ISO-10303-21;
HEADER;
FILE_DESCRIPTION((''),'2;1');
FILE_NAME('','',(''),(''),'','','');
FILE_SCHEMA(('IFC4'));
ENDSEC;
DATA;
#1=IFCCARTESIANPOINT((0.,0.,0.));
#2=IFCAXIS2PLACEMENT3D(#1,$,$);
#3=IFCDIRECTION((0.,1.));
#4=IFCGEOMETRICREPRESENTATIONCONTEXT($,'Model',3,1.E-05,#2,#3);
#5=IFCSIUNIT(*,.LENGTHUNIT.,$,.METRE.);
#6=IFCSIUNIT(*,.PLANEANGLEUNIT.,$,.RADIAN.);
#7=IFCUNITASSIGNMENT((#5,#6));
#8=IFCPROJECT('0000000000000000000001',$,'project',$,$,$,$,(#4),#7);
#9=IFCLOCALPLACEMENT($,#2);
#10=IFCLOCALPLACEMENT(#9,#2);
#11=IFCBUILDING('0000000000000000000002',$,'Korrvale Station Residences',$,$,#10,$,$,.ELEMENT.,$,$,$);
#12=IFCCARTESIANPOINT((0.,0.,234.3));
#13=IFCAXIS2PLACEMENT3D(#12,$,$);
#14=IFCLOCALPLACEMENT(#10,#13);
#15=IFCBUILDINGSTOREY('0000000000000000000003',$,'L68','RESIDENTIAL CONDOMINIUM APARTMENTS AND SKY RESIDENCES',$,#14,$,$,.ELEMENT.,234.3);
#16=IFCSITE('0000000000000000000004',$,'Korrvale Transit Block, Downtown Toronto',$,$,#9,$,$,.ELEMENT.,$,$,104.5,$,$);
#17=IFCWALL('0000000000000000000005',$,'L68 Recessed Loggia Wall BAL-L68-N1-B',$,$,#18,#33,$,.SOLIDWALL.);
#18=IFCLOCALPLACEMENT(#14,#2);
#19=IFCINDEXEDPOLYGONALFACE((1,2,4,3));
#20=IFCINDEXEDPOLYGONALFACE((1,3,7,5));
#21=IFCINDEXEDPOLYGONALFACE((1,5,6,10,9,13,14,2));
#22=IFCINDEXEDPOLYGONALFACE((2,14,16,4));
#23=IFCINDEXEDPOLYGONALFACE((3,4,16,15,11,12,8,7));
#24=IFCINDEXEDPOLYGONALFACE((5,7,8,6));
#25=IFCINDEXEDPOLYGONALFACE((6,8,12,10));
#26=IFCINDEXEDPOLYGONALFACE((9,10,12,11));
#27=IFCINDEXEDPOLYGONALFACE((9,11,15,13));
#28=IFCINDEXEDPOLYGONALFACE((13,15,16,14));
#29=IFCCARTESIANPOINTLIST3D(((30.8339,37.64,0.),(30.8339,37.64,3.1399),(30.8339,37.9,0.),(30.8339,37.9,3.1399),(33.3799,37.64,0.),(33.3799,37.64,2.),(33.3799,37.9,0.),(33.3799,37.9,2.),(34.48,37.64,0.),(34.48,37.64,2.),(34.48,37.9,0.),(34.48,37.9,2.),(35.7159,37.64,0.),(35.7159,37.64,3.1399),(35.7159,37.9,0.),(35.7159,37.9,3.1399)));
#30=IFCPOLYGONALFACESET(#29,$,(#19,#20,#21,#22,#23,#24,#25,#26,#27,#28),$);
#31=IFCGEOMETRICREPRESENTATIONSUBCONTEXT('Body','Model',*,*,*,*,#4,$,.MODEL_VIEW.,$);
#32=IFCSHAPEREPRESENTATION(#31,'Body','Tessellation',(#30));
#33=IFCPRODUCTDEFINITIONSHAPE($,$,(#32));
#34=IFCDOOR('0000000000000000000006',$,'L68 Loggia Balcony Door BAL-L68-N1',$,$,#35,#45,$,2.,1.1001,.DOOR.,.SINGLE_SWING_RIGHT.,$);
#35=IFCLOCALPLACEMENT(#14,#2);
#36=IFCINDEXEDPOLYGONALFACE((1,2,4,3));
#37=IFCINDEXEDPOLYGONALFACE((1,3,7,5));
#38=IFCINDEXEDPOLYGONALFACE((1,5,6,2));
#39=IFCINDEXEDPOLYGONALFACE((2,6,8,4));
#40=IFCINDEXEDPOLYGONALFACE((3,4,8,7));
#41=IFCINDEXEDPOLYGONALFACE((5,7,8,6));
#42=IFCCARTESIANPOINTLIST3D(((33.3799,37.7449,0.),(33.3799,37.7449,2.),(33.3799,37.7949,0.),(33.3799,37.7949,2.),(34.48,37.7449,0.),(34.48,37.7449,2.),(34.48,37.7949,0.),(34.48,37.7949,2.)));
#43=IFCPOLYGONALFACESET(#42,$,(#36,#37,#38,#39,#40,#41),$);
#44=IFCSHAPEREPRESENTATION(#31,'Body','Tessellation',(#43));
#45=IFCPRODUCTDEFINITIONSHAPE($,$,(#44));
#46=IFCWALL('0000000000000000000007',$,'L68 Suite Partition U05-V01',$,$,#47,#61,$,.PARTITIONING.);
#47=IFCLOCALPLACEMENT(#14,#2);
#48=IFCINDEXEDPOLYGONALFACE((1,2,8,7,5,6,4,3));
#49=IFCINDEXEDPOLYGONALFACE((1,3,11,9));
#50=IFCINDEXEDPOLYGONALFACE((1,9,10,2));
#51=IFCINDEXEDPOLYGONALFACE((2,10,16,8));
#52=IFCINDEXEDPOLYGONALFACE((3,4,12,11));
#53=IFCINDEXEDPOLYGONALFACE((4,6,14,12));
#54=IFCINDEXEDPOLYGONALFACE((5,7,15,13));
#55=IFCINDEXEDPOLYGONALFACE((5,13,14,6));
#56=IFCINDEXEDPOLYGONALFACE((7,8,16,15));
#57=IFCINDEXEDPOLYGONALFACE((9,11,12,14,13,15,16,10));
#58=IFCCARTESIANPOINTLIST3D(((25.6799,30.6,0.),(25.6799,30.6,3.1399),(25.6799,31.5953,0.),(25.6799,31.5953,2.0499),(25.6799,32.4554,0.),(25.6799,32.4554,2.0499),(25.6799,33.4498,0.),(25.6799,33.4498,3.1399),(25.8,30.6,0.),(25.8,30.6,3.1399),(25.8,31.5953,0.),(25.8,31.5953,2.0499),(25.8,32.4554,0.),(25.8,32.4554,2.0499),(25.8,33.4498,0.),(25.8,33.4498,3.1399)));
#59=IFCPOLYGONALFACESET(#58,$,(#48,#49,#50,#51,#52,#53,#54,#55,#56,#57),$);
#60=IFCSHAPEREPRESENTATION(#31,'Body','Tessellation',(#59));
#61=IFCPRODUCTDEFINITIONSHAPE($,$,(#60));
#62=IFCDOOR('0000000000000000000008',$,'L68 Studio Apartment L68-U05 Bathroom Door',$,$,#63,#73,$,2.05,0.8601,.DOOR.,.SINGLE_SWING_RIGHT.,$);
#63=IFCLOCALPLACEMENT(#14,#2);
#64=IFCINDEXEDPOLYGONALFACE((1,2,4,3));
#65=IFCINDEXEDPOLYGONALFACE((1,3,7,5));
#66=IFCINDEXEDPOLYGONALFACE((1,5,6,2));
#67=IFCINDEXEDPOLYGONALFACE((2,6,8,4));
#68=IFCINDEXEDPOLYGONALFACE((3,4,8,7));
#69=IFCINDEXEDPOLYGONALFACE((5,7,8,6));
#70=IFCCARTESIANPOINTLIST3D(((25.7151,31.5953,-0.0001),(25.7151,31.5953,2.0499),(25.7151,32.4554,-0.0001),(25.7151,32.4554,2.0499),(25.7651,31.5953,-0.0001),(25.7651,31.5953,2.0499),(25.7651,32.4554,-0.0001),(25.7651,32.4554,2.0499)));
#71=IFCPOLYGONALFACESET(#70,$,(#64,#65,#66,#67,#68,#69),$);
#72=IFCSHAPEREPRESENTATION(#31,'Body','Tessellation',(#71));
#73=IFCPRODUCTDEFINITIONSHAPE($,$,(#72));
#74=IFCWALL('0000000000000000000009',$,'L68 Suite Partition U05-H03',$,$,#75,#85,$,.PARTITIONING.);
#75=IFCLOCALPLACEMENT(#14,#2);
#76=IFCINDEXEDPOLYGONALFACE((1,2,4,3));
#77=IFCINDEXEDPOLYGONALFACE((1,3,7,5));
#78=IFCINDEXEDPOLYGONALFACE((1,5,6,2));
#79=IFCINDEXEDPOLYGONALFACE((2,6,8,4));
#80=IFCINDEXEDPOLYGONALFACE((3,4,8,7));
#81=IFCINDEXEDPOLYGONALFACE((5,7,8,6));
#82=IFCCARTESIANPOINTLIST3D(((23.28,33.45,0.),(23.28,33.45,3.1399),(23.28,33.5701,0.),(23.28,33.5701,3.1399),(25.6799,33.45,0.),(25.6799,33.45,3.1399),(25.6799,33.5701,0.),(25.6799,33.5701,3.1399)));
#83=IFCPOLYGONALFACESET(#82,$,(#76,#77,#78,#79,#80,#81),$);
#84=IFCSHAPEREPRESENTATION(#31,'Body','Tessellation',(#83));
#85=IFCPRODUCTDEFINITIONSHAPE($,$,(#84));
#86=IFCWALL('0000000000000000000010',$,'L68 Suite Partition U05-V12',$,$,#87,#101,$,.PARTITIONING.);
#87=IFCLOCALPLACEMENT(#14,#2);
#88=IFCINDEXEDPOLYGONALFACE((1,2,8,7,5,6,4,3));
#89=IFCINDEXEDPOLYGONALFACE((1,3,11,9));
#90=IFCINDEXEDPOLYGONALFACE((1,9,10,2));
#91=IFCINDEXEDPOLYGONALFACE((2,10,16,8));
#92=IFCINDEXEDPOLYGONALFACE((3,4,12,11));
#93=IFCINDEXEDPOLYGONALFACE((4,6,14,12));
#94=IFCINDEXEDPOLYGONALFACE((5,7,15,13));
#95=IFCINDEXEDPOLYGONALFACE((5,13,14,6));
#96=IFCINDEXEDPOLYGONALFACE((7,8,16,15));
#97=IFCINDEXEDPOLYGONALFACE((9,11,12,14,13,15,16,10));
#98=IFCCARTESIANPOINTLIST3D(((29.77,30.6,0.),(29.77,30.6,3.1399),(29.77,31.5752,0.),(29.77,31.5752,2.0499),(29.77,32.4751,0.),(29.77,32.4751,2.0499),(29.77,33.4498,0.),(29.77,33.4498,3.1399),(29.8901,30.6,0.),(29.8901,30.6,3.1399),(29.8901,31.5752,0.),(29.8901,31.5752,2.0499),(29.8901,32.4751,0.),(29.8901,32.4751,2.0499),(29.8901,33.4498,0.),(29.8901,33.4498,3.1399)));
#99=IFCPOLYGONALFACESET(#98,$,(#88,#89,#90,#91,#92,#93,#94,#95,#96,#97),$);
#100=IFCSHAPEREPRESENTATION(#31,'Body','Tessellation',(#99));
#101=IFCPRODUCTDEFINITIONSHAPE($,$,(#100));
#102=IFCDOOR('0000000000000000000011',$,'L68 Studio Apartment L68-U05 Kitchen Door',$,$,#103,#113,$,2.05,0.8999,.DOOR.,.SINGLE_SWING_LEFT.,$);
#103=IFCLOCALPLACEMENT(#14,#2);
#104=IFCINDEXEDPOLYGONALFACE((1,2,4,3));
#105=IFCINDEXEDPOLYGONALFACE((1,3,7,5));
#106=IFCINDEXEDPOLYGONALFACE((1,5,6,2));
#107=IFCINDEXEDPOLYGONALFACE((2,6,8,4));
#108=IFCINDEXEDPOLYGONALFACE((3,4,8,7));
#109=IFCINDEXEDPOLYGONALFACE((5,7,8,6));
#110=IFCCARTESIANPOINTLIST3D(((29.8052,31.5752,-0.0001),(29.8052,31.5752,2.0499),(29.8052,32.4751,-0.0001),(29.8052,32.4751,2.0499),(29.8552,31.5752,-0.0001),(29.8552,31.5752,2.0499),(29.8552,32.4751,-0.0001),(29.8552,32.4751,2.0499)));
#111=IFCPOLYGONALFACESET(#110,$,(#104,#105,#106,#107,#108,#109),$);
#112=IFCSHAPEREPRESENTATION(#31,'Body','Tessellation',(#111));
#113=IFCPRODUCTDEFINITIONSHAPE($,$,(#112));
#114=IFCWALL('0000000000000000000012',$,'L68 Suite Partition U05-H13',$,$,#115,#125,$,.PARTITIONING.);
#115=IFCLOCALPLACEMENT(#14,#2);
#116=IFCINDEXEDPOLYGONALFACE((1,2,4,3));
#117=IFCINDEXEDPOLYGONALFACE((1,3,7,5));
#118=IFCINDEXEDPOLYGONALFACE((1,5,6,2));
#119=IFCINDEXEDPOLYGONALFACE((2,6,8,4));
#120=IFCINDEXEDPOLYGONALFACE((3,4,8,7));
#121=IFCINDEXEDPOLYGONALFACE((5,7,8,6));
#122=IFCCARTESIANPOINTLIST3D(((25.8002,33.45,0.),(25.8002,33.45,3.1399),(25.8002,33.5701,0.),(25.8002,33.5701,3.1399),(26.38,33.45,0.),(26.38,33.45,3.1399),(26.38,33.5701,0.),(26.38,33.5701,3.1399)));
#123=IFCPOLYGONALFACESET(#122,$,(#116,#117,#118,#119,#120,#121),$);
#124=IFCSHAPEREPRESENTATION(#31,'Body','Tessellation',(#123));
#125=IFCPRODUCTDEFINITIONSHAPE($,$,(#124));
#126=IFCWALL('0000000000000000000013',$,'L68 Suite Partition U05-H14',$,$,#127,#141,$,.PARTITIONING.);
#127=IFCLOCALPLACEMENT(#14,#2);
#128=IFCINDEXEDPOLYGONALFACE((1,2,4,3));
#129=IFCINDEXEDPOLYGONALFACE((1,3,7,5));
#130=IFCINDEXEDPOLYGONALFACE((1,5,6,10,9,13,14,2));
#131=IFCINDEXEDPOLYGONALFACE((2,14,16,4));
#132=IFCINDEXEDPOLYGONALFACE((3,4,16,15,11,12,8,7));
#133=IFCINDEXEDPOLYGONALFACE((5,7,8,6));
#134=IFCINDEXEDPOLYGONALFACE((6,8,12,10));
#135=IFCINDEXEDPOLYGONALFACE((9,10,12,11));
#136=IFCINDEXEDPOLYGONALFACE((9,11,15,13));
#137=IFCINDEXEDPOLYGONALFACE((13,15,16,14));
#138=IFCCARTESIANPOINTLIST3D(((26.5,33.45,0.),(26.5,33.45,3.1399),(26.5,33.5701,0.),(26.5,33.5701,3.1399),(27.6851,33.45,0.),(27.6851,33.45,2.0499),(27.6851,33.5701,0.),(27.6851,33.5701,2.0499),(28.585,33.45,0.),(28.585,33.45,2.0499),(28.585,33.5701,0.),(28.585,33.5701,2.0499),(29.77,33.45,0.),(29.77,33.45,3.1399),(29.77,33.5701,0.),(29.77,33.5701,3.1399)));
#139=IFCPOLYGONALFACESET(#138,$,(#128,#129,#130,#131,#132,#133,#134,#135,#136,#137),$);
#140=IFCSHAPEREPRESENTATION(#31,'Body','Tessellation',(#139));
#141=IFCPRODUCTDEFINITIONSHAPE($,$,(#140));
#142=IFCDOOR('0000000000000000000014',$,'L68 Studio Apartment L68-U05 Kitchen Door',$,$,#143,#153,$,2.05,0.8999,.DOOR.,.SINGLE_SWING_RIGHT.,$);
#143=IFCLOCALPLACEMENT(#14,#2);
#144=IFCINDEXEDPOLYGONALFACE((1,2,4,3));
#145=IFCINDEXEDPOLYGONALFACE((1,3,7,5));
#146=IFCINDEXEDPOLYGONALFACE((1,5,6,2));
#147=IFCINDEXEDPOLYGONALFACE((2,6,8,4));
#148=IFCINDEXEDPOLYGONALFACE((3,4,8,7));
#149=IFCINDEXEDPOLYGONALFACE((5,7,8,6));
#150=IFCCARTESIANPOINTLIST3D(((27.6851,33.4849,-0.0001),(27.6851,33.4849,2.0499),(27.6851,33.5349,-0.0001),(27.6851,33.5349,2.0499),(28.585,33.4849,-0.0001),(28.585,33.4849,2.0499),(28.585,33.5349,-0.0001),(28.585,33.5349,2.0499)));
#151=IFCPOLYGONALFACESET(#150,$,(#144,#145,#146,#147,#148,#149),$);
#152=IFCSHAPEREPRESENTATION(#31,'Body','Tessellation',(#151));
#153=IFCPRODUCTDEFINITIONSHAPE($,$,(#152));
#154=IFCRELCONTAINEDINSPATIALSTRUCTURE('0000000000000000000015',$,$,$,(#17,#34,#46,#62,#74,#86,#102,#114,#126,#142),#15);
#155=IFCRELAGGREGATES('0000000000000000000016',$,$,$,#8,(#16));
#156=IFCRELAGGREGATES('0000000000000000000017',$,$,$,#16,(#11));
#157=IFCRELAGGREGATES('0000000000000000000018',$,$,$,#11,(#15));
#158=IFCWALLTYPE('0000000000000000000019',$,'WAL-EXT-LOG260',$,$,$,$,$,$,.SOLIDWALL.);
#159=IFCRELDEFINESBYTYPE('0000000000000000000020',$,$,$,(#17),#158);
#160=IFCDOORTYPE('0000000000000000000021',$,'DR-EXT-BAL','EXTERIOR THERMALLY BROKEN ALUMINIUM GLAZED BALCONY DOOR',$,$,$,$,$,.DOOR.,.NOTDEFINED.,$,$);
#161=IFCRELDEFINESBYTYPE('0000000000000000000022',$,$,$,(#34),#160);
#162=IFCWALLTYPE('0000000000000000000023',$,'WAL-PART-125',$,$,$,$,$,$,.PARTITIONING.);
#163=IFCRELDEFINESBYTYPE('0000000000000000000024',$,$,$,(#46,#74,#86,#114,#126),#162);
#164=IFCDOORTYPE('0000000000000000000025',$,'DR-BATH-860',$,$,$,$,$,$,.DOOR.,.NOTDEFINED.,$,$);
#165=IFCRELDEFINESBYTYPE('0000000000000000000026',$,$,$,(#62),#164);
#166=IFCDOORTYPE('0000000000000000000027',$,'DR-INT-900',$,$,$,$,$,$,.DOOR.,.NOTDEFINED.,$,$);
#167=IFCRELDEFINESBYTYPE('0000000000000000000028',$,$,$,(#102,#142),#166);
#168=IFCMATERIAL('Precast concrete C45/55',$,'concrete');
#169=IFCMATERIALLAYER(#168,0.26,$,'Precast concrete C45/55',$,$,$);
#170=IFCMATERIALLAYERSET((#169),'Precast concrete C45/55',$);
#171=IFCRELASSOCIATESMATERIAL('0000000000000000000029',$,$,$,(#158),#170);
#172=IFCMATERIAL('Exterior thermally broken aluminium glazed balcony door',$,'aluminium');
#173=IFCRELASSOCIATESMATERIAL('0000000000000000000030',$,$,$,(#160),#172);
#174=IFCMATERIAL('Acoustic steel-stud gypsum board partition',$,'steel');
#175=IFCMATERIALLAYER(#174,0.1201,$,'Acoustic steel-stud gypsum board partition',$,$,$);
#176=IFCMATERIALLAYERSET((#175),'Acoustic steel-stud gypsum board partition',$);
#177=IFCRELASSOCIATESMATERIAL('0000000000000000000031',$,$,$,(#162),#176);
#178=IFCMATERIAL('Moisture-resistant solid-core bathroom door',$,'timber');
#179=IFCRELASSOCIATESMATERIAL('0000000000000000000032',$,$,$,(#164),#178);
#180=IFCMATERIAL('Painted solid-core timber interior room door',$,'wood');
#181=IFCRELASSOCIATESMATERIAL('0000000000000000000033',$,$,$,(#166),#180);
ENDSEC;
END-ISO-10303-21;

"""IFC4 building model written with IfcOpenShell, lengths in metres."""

from ifc_helpers import new_model, si_unit, direction, frame, frame_2d, origin, place, context, subcontext, project, spatial, rectangle, extrude, material, layer, layer_set, type_object, element, fill, save


model = new_model("IFC4")

# Units and contexts
model_context = context("Model", 3, precision=1e-05, world=origin(), true_north=direction((0.0, 1.0)))
body_context = subcontext(model_context, "Body", "Model", "MODEL_VIEW")
ifc_project = project(units=[si_unit("LENGTHUNIT", "METRE"), si_unit("PLANEANGLEUNIT", "RADIAN")], contexts=[model_context])

# Site, building, storey
site_placement = place(None, origin())
site = spatial("IfcSite", under=ifc_project, at=site_placement, Name="Korrvale Transit Block, Downtown Toronto", CompositionType="ELEMENT", RefElevation=104.5)
building_placement = place(site_placement, origin())
building = spatial("IfcBuilding", under=site, at=building_placement, Name="Korrvale Station Residences", CompositionType="ELEMENT")
storey_placement = place(building_placement, frame((0.0, 0.0, 234.3)))
storey = spatial("IfcBuildingStorey", under=building, at=storey_placement, Name="L68", Description="RESIDENTIAL CONDOMINIUM APARTMENTS AND SKY RESIDENCES", CompositionType="ELEMENT", Elevation=234.3)

# Shared definitions
ifc_material_1 = material(Name="Precast concrete C45/55", Category="concrete")
ifc_layer_1 = layer(ifc_material_1, 0.26, Name="Precast concrete C45/55")
ifc_layer_set_1 = layer_set([ifc_layer_1], Name="Precast concrete C45/55")
wall_type_1 = type_object("IfcWallType", Name="WAL-EXT-LOG260", PredefinedType="SOLIDWALL", material=ifc_layer_set_1)

# Walls, openings, doors
wall_1_placement = place(storey_placement, frame((30.834, 37.77, 0.0), z_axis=(0.0, 0.0, 1.0), x_axis=(1.0, 0.0, 0.0)))
wall_1 = element("IfcWall", 1, at=wall_1_placement, inside=storey, type_object=wall_type_1, Name="L68 Recessed Loggia Wall BAL-L68-N1-B", PredefinedType="SOLIDWALL", context=body_context, shape_type="SweptSolid", body=[
    extrude(rectangle(XDim=4.8821, YDim=0.26, at=frame_2d((2.4409, 0.0))), origin(), (0.0, 0.0, 1.0), 3.1399),
])
opening_1_placement = place(wall_1_placement, frame((2.5459, 0.0, 0.0)))
opening_1 = element("IfcOpeningElement", 2, at=opening_1_placement, cuts=wall_1, PredefinedType="OPENING", context=body_context, shape_type="SweptSolid", body=[
    extrude(rectangle(XDim=1.1001, YDim=2.0, at=frame_2d((0.55, 1.0))), frame((0.0, 0.1401, 0.0), z_axis=(0.0, -1.0, 0.0), x_axis=(1.0, 0.0, 0.0)), (0.0, 0.0, 1.0), 0.28),
])
ifc_material_2 = material(Name="Exterior thermally broken aluminium glazed balcony door", Category="aluminium")
door_type_1 = type_object("IfcDoorType", Name="DR-EXT-BAL", Description="EXTERIOR THERMALLY BROKEN ALUMINIUM GLAZED BALCONY DOOR", OperationType="NOTDEFINED", PredefinedType="DOOR", material=ifc_material_2)
door_1_placement = place(opening_1_placement, origin())
door_1 = element("IfcDoor", 3, at=door_1_placement, inside=storey, type_object=door_type_1, Name="L68 Loggia Balcony Door BAL-L68-N1", OperationType="SINGLE_SWING_RIGHT", OverallHeight=2.0, OverallWidth=1.1001, PredefinedType="DOOR", context=body_context, shape_type="SweptSolid", body=[
    extrude(rectangle(XDim=1.1001, YDim=2.0, at=frame_2d((0.55, 1.0))), frame((0.0, 0.0249, 0.0), z_axis=(0.0, -1.0, 0.0), x_axis=(1.0, 0.0, 0.0)), (0.0, 0.0, 1.0), 0.05),
])
fill(opening_1, door_1)
ifc_material_3 = material(Name="Acoustic steel-stud gypsum board partition", Category="steel")
ifc_layer_2 = layer(ifc_material_3, 0.1201, Name="Acoustic steel-stud gypsum board partition")
ifc_layer_set_2 = layer_set([ifc_layer_2], Name="Acoustic steel-stud gypsum board partition")
wall_type_2 = type_object("IfcWallType", Name="WAL-PART-125", PredefinedType="PARTITIONING", material=ifc_layer_set_2)
wall_2_placement = place(storey_placement, frame((25.74, 30.6001, 0.0), z_axis=(0.0, 0.0, 1.0), x_axis=(0.0, 1.0, 0.0)))
wall_2 = element("IfcWall", 4, at=wall_2_placement, inside=storey, type_object=wall_type_2, Name="L68 Suite Partition U05-V01", PredefinedType="PARTITIONING", context=body_context, shape_type="SweptSolid", body=[
    extrude(rectangle(XDim=2.8499, YDim=0.1201, at=frame_2d((1.4248, 0.0))), origin(), (0.0, 0.0, 1.0), 3.1399),
])
opening_2_placement = place(wall_2_placement, frame((0.9951, 0.0, 0.0)))
opening_2 = element("IfcOpeningElement", 5, at=opening_2_placement, cuts=wall_2, PredefinedType="OPENING", context=body_context, shape_type="SweptSolid", body=[
    extrude(rectangle(XDim=0.8601, YDim=2.05, at=frame_2d((0.4302, 1.0249))), frame((0.0, 0.0701, 0.0), z_axis=(0.0, -1.0, 0.0), x_axis=(1.0, 0.0, 0.0)), (0.0, 0.0, 1.0), 0.1401),
])
ifc_material_4 = material(Name="Moisture-resistant solid-core bathroom door", Category="timber")
door_type_2 = type_object("IfcDoorType", Name="DR-BATH-860", OperationType="NOTDEFINED", PredefinedType="DOOR", material=ifc_material_4)
door_2_placement = place(opening_2_placement, origin())
door_2 = element("IfcDoor", 6, at=door_2_placement, inside=storey, type_object=door_type_2, Name="L68 Studio Apartment L68-U05 Bathroom Door", OperationType="SINGLE_SWING_RIGHT", OverallHeight=2.05, OverallWidth=0.8601, PredefinedType="DOOR", context=body_context, shape_type="SweptSolid", body=[
    extrude(rectangle(XDim=0.8601, YDim=2.05, at=frame_2d((0.4302, 1.0249))), frame((0.0, 0.0249, 0.0), z_axis=(0.0, -1.0, 0.0), x_axis=(1.0, 0.0, 0.0)), (0.0, 0.0, 1.0), 0.05),
])
fill(opening_2, door_2)

# Wall
wall_3_placement = place(storey_placement, frame((23.28, 33.51, 0.0), z_axis=(0.0, 0.0, 1.0), x_axis=(1.0, 0.0, 0.0)))
element("IfcWall", 7, at=wall_3_placement, inside=storey, type_object=wall_type_2, Name="L68 Suite Partition U05-H03", PredefinedType="PARTITIONING", context=body_context, shape_type="SweptSolid", body=[
    extrude(rectangle(XDim=2.3999, YDim=0.1201, at=frame_2d((1.2, 0.0))), origin(), (0.0, 0.0, 1.0), 3.1399),
])

# Wall, opening, door
wall_4_placement = place(storey_placement, frame((29.8301, 30.6001, 0.0), z_axis=(0.0, 0.0, 1.0), x_axis=(0.0, 1.0, 0.0)))
wall_4 = element("IfcWall", 8, at=wall_4_placement, inside=storey, type_object=wall_type_2, Name="L68 Suite Partition U05-V12", PredefinedType="PARTITIONING", context=body_context, shape_type="SweptSolid", body=[
    extrude(rectangle(XDim=2.8499, YDim=0.1201, at=frame_2d((1.4248, 0.0))), origin(), (0.0, 0.0, 1.0), 3.1399),
])
opening_3_placement = place(wall_4_placement, frame((0.9751, 0.0, 0.0)))
opening_3 = element("IfcOpeningElement", 9, at=opening_3_placement, cuts=wall_4, PredefinedType="OPENING", context=body_context, shape_type="SweptSolid", body=[
    extrude(rectangle(XDim=0.8999, YDim=2.05, at=frame_2d((0.45, 1.0249))), frame((0.0, 0.0701, 0.0), z_axis=(0.0, -1.0, 0.0), x_axis=(1.0, 0.0, 0.0)), (0.0, 0.0, 1.0), 0.1401),
])
ifc_material_5 = material(Name="Painted solid-core timber interior room door", Category="wood")
door_type_3 = type_object("IfcDoorType", Name="DR-INT-900", OperationType="NOTDEFINED", PredefinedType="DOOR", material=ifc_material_5)
door_3_placement = place(opening_3_placement, origin())
door_3 = element("IfcDoor", 10, at=door_3_placement, inside=storey, type_object=door_type_3, Name="L68 Studio Apartment L68-U05 Kitchen Door", OperationType="SINGLE_SWING_LEFT", OverallHeight=2.05, OverallWidth=0.8999, PredefinedType="DOOR", context=body_context, shape_type="SweptSolid", body=[
    extrude(rectangle(XDim=0.8999, YDim=2.05, at=frame_2d((0.45, 1.0249))), frame((0.0, 0.0249, 0.0), z_axis=(0.0, -1.0, 0.0), x_axis=(1.0, 0.0, 0.0)), (0.0, 0.0, 1.0), 0.05),
])
fill(opening_3, door_3)

# Wall
wall_5_placement = place(storey_placement, frame((25.8, 33.51, 0.0), z_axis=(0.0, 0.0, 1.0), x_axis=(1.0, 0.0, 0.0)))
element("IfcWall", 11, at=wall_5_placement, inside=storey, type_object=wall_type_2, Name="L68 Suite Partition U05-H13", PredefinedType="PARTITIONING", context=body_context, shape_type="SweptSolid", body=[
    extrude(rectangle(XDim=0.5798, YDim=0.1201, at=frame_2d((0.29, 0.0))), origin(), (0.0, 0.0, 1.0), 3.1399),
])

# Wall, opening, door
wall_6_placement = place(storey_placement, frame((26.5, 33.51, 0.0), z_axis=(0.0, 0.0, 1.0), x_axis=(1.0, 0.0, 0.0)))
wall_6 = element("IfcWall", 12, at=wall_6_placement, inside=storey, type_object=wall_type_2, Name="L68 Suite Partition U05-H14", PredefinedType="PARTITIONING", context=body_context, shape_type="SweptSolid", body=[
    extrude(rectangle(XDim=3.27, YDim=0.1201, at=frame_2d((1.635, 0.0))), origin(), (0.0, 0.0, 1.0), 3.1399),
])
opening_4_placement = place(wall_6_placement, frame((1.1851, 0.0, 0.0)))
opening_4 = element("IfcOpeningElement", 13, at=opening_4_placement, cuts=wall_6, PredefinedType="OPENING", context=body_context, shape_type="SweptSolid", body=[
    extrude(rectangle(XDim=0.8999, YDim=2.05, at=frame_2d((0.45, 1.0249))), frame((0.0, 0.0701, 0.0), z_axis=(0.0, -1.0, 0.0), x_axis=(1.0, 0.0, 0.0)), (0.0, 0.0, 1.0), 0.1401),
])
door_4_placement = place(opening_4_placement, origin())
door_4 = element("IfcDoor", 14, at=door_4_placement, inside=storey, type_object=door_type_3, Name="L68 Studio Apartment L68-U05 Kitchen Door", OperationType="SINGLE_SWING_RIGHT", OverallHeight=2.05, OverallWidth=0.8999, PredefinedType="DOOR", context=body_context, shape_type="SweptSolid", body=[
    extrude(rectangle(XDim=0.8999, YDim=2.05, at=frame_2d((0.45, 1.0249))), frame((0.0, 0.0249, 0.0), z_axis=(0.0, -1.0, 0.0), x_axis=(1.0, 0.0, 0.0)), (0.0, 0.0, 1.0), 0.05),
])
fill(opening_4, door_4)

save(model, "model.ifc")
